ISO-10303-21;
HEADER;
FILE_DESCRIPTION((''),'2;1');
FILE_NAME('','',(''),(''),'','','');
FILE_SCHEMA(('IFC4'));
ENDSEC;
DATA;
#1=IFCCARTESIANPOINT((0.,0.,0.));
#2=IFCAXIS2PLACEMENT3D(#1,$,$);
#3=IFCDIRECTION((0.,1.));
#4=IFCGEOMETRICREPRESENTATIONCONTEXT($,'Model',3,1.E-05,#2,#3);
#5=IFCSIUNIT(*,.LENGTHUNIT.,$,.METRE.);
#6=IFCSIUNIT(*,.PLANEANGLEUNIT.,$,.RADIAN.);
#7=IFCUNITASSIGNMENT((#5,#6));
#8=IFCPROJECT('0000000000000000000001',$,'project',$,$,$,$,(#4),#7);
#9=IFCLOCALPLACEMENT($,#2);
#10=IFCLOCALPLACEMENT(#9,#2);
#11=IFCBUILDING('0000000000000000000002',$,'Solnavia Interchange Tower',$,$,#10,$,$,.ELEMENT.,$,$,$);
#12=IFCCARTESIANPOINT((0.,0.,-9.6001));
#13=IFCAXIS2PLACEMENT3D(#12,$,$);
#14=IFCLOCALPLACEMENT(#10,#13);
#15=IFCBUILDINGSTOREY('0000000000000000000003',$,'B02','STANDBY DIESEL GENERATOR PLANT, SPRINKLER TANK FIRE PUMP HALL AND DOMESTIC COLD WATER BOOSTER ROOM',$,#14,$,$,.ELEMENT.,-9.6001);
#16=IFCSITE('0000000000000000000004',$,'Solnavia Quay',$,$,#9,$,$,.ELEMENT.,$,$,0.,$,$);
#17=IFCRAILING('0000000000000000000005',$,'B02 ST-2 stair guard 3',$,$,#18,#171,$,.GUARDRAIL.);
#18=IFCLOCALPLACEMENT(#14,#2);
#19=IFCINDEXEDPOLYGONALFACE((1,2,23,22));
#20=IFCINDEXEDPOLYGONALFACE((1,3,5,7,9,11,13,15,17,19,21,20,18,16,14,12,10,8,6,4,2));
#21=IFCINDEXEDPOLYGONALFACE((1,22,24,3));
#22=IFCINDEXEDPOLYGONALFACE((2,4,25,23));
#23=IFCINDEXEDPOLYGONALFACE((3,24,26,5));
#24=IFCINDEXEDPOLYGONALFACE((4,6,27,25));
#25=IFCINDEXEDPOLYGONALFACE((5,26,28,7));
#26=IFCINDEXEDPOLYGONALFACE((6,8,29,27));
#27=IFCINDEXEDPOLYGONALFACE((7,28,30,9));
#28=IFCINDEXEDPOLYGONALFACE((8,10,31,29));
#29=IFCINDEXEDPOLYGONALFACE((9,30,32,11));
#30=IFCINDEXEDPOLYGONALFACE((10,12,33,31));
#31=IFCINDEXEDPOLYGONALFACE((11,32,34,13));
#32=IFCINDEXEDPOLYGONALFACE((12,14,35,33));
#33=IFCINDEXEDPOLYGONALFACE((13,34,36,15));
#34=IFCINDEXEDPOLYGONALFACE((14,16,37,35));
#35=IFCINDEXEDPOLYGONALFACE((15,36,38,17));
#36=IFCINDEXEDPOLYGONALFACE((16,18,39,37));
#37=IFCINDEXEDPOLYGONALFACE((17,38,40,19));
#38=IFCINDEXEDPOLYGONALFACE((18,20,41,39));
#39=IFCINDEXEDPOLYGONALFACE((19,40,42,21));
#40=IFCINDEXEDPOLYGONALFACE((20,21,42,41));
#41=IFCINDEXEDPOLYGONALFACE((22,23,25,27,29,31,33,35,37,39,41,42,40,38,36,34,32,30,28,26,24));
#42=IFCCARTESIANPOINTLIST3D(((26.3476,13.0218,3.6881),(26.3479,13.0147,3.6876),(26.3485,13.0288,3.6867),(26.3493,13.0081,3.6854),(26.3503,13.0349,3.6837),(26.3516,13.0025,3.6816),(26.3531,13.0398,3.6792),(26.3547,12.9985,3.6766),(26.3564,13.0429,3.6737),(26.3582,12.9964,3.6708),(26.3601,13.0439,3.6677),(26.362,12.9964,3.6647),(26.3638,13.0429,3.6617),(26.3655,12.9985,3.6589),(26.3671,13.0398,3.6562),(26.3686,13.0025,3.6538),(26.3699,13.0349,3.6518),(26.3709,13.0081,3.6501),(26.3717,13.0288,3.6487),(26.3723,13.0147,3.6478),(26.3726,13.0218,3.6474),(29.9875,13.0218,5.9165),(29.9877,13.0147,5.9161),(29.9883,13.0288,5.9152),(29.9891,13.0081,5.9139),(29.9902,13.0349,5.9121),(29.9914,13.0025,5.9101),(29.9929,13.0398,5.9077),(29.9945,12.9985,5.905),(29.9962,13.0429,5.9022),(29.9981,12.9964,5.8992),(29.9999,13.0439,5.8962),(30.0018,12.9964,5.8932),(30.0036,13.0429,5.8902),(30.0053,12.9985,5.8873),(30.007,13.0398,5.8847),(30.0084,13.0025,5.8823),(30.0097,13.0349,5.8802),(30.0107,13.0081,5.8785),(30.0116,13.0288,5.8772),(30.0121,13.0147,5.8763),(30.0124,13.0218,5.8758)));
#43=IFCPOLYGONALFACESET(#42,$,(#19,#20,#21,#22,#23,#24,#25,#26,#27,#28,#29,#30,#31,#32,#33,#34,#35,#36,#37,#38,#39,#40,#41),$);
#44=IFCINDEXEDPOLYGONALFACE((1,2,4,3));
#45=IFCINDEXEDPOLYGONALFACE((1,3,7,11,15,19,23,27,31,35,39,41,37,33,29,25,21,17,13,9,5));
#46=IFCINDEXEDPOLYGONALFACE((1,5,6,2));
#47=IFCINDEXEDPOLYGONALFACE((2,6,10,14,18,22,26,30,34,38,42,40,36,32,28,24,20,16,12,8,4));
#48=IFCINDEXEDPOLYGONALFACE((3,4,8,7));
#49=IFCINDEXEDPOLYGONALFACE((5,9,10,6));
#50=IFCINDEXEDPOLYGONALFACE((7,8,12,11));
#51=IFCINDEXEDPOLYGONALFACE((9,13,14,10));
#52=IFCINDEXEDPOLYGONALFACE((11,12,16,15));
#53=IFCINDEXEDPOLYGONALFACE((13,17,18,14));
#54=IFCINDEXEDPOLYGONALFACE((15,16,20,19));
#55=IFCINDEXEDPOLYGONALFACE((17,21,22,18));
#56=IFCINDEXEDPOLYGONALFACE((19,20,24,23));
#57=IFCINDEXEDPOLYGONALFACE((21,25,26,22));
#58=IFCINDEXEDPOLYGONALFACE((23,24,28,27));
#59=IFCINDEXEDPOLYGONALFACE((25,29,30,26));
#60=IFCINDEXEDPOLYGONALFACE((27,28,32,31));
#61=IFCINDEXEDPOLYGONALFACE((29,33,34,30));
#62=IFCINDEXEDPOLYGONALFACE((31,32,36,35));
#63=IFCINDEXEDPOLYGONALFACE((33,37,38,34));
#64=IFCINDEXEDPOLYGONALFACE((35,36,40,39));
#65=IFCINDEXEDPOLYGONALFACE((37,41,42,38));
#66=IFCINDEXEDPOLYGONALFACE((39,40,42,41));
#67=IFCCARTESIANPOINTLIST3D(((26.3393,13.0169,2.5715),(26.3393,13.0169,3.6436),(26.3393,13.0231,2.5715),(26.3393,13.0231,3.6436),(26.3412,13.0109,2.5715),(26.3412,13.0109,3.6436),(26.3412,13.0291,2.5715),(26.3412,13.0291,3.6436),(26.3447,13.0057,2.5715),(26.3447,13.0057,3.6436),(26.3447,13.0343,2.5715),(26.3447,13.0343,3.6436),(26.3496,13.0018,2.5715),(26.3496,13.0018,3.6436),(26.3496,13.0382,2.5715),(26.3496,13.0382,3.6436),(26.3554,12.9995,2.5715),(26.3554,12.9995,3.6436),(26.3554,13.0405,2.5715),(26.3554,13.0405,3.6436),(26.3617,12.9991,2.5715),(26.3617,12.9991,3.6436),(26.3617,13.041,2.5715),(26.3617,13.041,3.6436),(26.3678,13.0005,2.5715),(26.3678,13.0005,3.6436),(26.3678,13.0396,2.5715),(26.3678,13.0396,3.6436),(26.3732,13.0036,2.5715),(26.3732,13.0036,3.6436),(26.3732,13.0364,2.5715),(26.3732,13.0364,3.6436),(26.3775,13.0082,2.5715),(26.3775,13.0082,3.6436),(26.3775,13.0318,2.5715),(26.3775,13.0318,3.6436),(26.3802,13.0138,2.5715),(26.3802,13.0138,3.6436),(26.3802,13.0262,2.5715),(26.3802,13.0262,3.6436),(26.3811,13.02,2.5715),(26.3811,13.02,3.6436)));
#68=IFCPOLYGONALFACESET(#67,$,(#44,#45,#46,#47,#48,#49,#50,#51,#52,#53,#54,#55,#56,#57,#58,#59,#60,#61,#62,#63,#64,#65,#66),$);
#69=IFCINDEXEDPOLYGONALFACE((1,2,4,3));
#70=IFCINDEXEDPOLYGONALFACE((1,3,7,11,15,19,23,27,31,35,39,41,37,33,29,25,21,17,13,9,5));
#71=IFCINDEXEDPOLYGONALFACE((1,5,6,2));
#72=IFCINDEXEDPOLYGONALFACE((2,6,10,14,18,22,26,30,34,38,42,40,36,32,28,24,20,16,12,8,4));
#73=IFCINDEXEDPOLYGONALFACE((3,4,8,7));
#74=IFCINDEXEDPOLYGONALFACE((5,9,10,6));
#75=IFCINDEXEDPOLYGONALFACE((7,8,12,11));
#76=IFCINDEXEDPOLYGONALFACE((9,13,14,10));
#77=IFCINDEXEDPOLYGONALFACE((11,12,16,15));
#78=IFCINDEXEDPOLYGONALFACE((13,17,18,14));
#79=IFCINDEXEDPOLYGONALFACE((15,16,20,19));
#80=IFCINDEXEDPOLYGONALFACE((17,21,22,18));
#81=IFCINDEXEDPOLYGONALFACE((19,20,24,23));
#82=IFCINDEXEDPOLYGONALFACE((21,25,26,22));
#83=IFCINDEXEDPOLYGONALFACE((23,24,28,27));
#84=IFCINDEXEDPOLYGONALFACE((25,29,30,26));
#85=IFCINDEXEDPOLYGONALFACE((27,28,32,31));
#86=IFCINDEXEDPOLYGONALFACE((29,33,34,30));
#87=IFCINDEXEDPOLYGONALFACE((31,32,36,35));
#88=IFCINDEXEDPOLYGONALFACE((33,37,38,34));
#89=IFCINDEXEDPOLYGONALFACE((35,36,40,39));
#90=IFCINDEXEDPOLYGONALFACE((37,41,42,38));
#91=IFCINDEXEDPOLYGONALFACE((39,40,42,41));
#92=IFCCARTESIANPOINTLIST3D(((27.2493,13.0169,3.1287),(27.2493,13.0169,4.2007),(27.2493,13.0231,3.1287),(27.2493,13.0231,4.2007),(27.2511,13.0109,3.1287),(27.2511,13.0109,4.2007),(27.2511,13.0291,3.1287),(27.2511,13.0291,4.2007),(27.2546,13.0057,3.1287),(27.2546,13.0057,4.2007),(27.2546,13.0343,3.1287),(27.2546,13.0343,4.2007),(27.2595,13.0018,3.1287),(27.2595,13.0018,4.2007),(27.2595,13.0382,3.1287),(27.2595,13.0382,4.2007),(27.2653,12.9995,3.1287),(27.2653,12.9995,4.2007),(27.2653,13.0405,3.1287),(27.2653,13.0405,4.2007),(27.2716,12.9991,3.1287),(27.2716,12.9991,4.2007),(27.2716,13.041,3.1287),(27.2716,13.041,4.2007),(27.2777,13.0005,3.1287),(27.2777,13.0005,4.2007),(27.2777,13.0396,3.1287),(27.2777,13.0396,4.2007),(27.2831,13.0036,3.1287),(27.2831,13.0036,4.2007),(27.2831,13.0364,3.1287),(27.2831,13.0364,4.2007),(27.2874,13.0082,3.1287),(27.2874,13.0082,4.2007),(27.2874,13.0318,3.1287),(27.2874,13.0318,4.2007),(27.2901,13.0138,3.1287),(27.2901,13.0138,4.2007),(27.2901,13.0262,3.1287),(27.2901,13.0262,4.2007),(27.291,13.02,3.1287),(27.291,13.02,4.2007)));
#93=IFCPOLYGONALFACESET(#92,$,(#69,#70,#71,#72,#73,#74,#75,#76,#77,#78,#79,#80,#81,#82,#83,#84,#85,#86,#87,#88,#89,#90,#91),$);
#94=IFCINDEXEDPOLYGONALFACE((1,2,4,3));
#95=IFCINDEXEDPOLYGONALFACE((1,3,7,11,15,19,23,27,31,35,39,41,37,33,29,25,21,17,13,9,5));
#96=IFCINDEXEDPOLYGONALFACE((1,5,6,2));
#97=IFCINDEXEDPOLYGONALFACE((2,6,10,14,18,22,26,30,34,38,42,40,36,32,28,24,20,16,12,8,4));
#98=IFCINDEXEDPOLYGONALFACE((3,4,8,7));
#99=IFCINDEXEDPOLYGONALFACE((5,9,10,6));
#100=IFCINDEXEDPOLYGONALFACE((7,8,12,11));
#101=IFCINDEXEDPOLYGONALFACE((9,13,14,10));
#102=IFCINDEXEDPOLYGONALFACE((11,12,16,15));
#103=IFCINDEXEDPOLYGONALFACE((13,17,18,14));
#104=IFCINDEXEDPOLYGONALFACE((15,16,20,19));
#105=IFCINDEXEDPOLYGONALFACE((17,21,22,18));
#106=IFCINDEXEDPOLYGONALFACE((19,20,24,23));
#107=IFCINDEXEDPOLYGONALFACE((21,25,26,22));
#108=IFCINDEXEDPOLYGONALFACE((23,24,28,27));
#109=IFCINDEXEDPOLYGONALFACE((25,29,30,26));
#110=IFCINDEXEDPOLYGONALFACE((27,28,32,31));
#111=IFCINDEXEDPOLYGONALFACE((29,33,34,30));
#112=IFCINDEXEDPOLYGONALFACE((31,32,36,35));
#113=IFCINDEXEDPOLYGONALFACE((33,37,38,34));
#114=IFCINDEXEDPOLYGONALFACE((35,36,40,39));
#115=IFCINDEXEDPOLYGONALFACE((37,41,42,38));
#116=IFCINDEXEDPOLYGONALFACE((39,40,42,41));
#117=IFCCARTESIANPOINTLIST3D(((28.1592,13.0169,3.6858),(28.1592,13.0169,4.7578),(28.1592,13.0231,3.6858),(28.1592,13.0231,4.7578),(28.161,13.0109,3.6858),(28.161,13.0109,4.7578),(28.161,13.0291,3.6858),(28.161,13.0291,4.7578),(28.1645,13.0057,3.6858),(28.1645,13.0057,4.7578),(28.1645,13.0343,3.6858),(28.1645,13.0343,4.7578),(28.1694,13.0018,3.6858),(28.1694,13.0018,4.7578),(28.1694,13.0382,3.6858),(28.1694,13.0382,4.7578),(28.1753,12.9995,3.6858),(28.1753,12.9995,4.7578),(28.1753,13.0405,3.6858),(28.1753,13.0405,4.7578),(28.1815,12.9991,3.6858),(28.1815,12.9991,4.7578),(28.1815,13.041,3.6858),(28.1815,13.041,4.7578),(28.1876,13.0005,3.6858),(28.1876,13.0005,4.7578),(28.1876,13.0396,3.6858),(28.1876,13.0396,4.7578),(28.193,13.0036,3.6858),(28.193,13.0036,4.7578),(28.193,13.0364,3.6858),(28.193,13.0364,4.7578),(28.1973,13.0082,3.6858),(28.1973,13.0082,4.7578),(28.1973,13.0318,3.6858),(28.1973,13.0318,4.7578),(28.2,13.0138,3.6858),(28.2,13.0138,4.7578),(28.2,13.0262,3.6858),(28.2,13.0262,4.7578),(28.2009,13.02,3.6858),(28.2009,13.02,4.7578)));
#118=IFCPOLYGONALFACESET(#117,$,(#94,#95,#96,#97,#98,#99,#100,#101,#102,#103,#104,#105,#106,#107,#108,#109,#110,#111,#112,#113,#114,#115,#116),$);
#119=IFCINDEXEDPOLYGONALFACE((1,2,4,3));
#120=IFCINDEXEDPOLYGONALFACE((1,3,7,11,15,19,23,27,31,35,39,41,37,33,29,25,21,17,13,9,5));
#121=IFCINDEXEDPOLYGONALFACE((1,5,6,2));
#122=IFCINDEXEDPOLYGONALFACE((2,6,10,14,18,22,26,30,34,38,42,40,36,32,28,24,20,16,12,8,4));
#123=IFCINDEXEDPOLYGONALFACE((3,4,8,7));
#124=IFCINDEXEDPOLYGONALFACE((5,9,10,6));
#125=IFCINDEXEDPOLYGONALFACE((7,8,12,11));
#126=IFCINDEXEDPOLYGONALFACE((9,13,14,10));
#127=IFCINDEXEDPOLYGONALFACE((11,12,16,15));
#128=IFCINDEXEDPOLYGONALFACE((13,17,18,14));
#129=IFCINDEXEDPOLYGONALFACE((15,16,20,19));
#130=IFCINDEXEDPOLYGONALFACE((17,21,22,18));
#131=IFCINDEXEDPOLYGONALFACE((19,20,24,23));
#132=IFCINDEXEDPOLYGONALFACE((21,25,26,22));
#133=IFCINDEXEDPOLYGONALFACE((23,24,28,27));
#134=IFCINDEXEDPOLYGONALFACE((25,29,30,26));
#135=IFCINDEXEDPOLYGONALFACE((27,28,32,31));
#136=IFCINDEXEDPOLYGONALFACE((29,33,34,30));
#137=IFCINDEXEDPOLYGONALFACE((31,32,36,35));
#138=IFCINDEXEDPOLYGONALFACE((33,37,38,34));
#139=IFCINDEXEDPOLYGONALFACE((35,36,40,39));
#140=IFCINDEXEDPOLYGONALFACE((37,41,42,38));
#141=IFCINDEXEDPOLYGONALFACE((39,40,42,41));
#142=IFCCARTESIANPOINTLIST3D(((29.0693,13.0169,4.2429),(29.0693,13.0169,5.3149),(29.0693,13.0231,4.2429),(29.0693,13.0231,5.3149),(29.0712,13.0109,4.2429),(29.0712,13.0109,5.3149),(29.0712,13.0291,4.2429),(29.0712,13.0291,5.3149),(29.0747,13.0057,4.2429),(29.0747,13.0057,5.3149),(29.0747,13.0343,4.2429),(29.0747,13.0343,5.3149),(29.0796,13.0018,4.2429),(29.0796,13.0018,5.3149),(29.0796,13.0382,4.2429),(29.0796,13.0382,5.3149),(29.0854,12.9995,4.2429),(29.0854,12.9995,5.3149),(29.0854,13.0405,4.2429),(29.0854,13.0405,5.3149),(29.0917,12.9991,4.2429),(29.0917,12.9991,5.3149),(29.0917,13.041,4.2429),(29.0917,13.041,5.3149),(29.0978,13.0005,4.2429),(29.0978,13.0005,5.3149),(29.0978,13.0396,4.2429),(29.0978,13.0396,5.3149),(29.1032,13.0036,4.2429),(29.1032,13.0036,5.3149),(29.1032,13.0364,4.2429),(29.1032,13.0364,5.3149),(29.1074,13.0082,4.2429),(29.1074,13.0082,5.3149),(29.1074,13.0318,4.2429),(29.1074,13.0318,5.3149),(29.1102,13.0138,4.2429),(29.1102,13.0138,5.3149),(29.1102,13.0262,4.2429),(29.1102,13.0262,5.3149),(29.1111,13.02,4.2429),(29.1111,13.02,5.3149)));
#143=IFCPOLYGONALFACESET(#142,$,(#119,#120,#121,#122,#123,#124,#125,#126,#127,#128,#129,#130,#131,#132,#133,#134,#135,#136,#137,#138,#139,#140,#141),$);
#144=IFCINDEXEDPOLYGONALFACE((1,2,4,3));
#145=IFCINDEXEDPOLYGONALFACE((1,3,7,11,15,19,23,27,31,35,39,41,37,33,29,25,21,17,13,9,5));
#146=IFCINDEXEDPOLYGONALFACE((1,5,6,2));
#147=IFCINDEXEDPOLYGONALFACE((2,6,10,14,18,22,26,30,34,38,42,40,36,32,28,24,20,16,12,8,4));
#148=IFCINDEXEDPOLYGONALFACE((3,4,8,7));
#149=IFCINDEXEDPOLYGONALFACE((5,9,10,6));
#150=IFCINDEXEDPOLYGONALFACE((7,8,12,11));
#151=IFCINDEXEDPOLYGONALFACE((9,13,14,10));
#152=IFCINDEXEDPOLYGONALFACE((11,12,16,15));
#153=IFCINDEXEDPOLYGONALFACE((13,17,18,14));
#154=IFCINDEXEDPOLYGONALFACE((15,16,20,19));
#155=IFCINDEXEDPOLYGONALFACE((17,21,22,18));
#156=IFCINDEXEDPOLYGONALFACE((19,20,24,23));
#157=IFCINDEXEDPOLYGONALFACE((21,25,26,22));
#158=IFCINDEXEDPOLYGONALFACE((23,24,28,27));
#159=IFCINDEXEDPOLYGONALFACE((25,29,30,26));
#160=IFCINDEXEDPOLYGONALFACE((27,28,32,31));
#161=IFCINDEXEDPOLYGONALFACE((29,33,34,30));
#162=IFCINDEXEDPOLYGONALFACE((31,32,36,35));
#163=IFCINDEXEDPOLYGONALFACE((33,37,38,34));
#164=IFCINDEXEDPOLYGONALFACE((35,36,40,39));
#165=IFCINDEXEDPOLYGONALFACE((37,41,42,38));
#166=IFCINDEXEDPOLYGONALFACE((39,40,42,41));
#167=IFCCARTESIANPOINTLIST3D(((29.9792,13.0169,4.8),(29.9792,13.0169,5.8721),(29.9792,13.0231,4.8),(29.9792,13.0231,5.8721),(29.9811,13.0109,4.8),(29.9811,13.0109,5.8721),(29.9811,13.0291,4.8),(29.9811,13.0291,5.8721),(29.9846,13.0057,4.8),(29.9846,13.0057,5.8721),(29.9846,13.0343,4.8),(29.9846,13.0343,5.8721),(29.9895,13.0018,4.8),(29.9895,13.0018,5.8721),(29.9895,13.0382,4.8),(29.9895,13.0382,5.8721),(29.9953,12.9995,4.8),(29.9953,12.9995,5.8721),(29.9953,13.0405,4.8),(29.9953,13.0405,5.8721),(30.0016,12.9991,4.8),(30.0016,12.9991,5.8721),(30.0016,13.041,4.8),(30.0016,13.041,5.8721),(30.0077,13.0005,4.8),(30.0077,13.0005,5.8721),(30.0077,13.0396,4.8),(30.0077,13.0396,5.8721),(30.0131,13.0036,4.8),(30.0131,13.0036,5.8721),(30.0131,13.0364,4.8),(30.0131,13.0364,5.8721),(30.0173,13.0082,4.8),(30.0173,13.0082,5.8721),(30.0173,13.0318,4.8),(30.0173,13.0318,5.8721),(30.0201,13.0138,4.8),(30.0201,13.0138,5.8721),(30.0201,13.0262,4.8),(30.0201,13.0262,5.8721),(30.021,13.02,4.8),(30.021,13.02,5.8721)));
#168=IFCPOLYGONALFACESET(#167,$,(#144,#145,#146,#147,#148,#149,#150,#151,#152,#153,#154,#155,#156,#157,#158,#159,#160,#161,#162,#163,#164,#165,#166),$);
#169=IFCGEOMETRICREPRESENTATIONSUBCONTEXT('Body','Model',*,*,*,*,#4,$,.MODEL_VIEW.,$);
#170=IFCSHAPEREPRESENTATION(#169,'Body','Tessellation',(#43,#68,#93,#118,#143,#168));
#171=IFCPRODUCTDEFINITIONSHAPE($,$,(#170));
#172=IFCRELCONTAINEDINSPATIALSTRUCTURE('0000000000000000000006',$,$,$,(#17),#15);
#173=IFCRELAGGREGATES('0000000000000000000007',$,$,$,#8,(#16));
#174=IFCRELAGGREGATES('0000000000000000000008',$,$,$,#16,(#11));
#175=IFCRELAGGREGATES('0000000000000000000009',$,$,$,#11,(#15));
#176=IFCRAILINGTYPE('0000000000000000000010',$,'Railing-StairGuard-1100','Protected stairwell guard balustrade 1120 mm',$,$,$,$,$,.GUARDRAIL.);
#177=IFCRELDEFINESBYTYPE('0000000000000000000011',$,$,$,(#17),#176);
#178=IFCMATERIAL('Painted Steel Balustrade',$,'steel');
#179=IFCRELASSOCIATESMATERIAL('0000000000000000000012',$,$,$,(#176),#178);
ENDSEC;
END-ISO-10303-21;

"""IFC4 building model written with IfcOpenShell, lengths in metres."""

from ifc_helpers import new_model, si_unit, direction, frame, origin, origin_2d, place, context, subcontext, project, spatial, circle, extrude, material, type_object, element, save


model = new_model("IFC4")

# Units and contexts
model_context = context("Model", 3, precision=1e-05, world=origin(), true_north=direction((0.0, 1.0)))
body_context = subcontext(model_context, "Body", "Model", "MODEL_VIEW")
ifc_project = project(units=[si_unit("LENGTHUNIT", "METRE"), si_unit("PLANEANGLEUNIT", "RADIAN")], contexts=[model_context])

# Site, building, storey
site_placement = place(None, origin())
site = spatial("IfcSite", under=ifc_project, at=site_placement, Name="Solnavia Quay", CompositionType="ELEMENT", RefElevation=0.0)
building_placement = place(site_placement, origin())
building = spatial("IfcBuilding", under=site, at=building_placement, Name="Solnavia Interchange Tower", CompositionType="ELEMENT")
storey_placement = place(building_placement, frame((0.0, 0.0, -9.6001)))
storey = spatial("IfcBuildingStorey", under=building, at=storey_placement, Name="B02", Description="STANDBY DIESEL GENERATOR PLANT, SPRINKLER TANK FIRE PUMP HALL AND DOMESTIC COLD WATER BOOSTER ROOM", CompositionType="ELEMENT", Elevation=-9.6001)

# Railing
ifc_material_1 = material(Name="Painted Steel Balustrade", Category="steel")
railing_type_1 = type_object("IfcRailingType", Name="Railing-StairGuard-1100", Description="Protected stairwell guard balustrade 1120 mm", PredefinedType="GUARDRAIL", material=ifc_material_1)
railing_1_placement = place(storey_placement, frame((26.3601, 13.02, 2.5715)))
element("IfcRailing", 1, at=railing_1_placement, inside=storey, type_object=railing_type_1, Name="B02 ST-2 stair guard 3", PredefinedType="GUARDRAIL", context=body_context, shape_type="SweptSolid", body=[
    extrude(circle(Radius=0.0239, at=origin_2d()), frame((0.0, 0.0, 1.0962), z_axis=(0.85285, 0.0, 0.522156), x_axis=(0.0, 1.0, 0.0)), (0.0, 0.0, 1.0), 4.2678),
    extrude(circle(Radius=0.021, at=origin_2d()), origin(), (0.0, 0.0, 1.0), 1.072),
    extrude(circle(Radius=0.021, at=origin_2d()), frame((0.9099, 0.0, 0.5571)), (0.0, 0.0, 1.0), 1.072),
    extrude(circle(Radius=0.021, at=origin_2d()), frame((1.8198, 0.0, 1.1143)), (0.0, 0.0, 1.0), 1.072),
    extrude(circle(Radius=0.021, at=origin_2d()), frame((2.73, 0.0, 1.6714)), (0.0, 0.0, 1.0), 1.072),
    extrude(circle(Radius=0.021, at=origin_2d()), frame((3.6399, 0.0, 2.2285)), (0.0, 0.0, 1.0), 1.072),
])

save(model, "model.ifc")
